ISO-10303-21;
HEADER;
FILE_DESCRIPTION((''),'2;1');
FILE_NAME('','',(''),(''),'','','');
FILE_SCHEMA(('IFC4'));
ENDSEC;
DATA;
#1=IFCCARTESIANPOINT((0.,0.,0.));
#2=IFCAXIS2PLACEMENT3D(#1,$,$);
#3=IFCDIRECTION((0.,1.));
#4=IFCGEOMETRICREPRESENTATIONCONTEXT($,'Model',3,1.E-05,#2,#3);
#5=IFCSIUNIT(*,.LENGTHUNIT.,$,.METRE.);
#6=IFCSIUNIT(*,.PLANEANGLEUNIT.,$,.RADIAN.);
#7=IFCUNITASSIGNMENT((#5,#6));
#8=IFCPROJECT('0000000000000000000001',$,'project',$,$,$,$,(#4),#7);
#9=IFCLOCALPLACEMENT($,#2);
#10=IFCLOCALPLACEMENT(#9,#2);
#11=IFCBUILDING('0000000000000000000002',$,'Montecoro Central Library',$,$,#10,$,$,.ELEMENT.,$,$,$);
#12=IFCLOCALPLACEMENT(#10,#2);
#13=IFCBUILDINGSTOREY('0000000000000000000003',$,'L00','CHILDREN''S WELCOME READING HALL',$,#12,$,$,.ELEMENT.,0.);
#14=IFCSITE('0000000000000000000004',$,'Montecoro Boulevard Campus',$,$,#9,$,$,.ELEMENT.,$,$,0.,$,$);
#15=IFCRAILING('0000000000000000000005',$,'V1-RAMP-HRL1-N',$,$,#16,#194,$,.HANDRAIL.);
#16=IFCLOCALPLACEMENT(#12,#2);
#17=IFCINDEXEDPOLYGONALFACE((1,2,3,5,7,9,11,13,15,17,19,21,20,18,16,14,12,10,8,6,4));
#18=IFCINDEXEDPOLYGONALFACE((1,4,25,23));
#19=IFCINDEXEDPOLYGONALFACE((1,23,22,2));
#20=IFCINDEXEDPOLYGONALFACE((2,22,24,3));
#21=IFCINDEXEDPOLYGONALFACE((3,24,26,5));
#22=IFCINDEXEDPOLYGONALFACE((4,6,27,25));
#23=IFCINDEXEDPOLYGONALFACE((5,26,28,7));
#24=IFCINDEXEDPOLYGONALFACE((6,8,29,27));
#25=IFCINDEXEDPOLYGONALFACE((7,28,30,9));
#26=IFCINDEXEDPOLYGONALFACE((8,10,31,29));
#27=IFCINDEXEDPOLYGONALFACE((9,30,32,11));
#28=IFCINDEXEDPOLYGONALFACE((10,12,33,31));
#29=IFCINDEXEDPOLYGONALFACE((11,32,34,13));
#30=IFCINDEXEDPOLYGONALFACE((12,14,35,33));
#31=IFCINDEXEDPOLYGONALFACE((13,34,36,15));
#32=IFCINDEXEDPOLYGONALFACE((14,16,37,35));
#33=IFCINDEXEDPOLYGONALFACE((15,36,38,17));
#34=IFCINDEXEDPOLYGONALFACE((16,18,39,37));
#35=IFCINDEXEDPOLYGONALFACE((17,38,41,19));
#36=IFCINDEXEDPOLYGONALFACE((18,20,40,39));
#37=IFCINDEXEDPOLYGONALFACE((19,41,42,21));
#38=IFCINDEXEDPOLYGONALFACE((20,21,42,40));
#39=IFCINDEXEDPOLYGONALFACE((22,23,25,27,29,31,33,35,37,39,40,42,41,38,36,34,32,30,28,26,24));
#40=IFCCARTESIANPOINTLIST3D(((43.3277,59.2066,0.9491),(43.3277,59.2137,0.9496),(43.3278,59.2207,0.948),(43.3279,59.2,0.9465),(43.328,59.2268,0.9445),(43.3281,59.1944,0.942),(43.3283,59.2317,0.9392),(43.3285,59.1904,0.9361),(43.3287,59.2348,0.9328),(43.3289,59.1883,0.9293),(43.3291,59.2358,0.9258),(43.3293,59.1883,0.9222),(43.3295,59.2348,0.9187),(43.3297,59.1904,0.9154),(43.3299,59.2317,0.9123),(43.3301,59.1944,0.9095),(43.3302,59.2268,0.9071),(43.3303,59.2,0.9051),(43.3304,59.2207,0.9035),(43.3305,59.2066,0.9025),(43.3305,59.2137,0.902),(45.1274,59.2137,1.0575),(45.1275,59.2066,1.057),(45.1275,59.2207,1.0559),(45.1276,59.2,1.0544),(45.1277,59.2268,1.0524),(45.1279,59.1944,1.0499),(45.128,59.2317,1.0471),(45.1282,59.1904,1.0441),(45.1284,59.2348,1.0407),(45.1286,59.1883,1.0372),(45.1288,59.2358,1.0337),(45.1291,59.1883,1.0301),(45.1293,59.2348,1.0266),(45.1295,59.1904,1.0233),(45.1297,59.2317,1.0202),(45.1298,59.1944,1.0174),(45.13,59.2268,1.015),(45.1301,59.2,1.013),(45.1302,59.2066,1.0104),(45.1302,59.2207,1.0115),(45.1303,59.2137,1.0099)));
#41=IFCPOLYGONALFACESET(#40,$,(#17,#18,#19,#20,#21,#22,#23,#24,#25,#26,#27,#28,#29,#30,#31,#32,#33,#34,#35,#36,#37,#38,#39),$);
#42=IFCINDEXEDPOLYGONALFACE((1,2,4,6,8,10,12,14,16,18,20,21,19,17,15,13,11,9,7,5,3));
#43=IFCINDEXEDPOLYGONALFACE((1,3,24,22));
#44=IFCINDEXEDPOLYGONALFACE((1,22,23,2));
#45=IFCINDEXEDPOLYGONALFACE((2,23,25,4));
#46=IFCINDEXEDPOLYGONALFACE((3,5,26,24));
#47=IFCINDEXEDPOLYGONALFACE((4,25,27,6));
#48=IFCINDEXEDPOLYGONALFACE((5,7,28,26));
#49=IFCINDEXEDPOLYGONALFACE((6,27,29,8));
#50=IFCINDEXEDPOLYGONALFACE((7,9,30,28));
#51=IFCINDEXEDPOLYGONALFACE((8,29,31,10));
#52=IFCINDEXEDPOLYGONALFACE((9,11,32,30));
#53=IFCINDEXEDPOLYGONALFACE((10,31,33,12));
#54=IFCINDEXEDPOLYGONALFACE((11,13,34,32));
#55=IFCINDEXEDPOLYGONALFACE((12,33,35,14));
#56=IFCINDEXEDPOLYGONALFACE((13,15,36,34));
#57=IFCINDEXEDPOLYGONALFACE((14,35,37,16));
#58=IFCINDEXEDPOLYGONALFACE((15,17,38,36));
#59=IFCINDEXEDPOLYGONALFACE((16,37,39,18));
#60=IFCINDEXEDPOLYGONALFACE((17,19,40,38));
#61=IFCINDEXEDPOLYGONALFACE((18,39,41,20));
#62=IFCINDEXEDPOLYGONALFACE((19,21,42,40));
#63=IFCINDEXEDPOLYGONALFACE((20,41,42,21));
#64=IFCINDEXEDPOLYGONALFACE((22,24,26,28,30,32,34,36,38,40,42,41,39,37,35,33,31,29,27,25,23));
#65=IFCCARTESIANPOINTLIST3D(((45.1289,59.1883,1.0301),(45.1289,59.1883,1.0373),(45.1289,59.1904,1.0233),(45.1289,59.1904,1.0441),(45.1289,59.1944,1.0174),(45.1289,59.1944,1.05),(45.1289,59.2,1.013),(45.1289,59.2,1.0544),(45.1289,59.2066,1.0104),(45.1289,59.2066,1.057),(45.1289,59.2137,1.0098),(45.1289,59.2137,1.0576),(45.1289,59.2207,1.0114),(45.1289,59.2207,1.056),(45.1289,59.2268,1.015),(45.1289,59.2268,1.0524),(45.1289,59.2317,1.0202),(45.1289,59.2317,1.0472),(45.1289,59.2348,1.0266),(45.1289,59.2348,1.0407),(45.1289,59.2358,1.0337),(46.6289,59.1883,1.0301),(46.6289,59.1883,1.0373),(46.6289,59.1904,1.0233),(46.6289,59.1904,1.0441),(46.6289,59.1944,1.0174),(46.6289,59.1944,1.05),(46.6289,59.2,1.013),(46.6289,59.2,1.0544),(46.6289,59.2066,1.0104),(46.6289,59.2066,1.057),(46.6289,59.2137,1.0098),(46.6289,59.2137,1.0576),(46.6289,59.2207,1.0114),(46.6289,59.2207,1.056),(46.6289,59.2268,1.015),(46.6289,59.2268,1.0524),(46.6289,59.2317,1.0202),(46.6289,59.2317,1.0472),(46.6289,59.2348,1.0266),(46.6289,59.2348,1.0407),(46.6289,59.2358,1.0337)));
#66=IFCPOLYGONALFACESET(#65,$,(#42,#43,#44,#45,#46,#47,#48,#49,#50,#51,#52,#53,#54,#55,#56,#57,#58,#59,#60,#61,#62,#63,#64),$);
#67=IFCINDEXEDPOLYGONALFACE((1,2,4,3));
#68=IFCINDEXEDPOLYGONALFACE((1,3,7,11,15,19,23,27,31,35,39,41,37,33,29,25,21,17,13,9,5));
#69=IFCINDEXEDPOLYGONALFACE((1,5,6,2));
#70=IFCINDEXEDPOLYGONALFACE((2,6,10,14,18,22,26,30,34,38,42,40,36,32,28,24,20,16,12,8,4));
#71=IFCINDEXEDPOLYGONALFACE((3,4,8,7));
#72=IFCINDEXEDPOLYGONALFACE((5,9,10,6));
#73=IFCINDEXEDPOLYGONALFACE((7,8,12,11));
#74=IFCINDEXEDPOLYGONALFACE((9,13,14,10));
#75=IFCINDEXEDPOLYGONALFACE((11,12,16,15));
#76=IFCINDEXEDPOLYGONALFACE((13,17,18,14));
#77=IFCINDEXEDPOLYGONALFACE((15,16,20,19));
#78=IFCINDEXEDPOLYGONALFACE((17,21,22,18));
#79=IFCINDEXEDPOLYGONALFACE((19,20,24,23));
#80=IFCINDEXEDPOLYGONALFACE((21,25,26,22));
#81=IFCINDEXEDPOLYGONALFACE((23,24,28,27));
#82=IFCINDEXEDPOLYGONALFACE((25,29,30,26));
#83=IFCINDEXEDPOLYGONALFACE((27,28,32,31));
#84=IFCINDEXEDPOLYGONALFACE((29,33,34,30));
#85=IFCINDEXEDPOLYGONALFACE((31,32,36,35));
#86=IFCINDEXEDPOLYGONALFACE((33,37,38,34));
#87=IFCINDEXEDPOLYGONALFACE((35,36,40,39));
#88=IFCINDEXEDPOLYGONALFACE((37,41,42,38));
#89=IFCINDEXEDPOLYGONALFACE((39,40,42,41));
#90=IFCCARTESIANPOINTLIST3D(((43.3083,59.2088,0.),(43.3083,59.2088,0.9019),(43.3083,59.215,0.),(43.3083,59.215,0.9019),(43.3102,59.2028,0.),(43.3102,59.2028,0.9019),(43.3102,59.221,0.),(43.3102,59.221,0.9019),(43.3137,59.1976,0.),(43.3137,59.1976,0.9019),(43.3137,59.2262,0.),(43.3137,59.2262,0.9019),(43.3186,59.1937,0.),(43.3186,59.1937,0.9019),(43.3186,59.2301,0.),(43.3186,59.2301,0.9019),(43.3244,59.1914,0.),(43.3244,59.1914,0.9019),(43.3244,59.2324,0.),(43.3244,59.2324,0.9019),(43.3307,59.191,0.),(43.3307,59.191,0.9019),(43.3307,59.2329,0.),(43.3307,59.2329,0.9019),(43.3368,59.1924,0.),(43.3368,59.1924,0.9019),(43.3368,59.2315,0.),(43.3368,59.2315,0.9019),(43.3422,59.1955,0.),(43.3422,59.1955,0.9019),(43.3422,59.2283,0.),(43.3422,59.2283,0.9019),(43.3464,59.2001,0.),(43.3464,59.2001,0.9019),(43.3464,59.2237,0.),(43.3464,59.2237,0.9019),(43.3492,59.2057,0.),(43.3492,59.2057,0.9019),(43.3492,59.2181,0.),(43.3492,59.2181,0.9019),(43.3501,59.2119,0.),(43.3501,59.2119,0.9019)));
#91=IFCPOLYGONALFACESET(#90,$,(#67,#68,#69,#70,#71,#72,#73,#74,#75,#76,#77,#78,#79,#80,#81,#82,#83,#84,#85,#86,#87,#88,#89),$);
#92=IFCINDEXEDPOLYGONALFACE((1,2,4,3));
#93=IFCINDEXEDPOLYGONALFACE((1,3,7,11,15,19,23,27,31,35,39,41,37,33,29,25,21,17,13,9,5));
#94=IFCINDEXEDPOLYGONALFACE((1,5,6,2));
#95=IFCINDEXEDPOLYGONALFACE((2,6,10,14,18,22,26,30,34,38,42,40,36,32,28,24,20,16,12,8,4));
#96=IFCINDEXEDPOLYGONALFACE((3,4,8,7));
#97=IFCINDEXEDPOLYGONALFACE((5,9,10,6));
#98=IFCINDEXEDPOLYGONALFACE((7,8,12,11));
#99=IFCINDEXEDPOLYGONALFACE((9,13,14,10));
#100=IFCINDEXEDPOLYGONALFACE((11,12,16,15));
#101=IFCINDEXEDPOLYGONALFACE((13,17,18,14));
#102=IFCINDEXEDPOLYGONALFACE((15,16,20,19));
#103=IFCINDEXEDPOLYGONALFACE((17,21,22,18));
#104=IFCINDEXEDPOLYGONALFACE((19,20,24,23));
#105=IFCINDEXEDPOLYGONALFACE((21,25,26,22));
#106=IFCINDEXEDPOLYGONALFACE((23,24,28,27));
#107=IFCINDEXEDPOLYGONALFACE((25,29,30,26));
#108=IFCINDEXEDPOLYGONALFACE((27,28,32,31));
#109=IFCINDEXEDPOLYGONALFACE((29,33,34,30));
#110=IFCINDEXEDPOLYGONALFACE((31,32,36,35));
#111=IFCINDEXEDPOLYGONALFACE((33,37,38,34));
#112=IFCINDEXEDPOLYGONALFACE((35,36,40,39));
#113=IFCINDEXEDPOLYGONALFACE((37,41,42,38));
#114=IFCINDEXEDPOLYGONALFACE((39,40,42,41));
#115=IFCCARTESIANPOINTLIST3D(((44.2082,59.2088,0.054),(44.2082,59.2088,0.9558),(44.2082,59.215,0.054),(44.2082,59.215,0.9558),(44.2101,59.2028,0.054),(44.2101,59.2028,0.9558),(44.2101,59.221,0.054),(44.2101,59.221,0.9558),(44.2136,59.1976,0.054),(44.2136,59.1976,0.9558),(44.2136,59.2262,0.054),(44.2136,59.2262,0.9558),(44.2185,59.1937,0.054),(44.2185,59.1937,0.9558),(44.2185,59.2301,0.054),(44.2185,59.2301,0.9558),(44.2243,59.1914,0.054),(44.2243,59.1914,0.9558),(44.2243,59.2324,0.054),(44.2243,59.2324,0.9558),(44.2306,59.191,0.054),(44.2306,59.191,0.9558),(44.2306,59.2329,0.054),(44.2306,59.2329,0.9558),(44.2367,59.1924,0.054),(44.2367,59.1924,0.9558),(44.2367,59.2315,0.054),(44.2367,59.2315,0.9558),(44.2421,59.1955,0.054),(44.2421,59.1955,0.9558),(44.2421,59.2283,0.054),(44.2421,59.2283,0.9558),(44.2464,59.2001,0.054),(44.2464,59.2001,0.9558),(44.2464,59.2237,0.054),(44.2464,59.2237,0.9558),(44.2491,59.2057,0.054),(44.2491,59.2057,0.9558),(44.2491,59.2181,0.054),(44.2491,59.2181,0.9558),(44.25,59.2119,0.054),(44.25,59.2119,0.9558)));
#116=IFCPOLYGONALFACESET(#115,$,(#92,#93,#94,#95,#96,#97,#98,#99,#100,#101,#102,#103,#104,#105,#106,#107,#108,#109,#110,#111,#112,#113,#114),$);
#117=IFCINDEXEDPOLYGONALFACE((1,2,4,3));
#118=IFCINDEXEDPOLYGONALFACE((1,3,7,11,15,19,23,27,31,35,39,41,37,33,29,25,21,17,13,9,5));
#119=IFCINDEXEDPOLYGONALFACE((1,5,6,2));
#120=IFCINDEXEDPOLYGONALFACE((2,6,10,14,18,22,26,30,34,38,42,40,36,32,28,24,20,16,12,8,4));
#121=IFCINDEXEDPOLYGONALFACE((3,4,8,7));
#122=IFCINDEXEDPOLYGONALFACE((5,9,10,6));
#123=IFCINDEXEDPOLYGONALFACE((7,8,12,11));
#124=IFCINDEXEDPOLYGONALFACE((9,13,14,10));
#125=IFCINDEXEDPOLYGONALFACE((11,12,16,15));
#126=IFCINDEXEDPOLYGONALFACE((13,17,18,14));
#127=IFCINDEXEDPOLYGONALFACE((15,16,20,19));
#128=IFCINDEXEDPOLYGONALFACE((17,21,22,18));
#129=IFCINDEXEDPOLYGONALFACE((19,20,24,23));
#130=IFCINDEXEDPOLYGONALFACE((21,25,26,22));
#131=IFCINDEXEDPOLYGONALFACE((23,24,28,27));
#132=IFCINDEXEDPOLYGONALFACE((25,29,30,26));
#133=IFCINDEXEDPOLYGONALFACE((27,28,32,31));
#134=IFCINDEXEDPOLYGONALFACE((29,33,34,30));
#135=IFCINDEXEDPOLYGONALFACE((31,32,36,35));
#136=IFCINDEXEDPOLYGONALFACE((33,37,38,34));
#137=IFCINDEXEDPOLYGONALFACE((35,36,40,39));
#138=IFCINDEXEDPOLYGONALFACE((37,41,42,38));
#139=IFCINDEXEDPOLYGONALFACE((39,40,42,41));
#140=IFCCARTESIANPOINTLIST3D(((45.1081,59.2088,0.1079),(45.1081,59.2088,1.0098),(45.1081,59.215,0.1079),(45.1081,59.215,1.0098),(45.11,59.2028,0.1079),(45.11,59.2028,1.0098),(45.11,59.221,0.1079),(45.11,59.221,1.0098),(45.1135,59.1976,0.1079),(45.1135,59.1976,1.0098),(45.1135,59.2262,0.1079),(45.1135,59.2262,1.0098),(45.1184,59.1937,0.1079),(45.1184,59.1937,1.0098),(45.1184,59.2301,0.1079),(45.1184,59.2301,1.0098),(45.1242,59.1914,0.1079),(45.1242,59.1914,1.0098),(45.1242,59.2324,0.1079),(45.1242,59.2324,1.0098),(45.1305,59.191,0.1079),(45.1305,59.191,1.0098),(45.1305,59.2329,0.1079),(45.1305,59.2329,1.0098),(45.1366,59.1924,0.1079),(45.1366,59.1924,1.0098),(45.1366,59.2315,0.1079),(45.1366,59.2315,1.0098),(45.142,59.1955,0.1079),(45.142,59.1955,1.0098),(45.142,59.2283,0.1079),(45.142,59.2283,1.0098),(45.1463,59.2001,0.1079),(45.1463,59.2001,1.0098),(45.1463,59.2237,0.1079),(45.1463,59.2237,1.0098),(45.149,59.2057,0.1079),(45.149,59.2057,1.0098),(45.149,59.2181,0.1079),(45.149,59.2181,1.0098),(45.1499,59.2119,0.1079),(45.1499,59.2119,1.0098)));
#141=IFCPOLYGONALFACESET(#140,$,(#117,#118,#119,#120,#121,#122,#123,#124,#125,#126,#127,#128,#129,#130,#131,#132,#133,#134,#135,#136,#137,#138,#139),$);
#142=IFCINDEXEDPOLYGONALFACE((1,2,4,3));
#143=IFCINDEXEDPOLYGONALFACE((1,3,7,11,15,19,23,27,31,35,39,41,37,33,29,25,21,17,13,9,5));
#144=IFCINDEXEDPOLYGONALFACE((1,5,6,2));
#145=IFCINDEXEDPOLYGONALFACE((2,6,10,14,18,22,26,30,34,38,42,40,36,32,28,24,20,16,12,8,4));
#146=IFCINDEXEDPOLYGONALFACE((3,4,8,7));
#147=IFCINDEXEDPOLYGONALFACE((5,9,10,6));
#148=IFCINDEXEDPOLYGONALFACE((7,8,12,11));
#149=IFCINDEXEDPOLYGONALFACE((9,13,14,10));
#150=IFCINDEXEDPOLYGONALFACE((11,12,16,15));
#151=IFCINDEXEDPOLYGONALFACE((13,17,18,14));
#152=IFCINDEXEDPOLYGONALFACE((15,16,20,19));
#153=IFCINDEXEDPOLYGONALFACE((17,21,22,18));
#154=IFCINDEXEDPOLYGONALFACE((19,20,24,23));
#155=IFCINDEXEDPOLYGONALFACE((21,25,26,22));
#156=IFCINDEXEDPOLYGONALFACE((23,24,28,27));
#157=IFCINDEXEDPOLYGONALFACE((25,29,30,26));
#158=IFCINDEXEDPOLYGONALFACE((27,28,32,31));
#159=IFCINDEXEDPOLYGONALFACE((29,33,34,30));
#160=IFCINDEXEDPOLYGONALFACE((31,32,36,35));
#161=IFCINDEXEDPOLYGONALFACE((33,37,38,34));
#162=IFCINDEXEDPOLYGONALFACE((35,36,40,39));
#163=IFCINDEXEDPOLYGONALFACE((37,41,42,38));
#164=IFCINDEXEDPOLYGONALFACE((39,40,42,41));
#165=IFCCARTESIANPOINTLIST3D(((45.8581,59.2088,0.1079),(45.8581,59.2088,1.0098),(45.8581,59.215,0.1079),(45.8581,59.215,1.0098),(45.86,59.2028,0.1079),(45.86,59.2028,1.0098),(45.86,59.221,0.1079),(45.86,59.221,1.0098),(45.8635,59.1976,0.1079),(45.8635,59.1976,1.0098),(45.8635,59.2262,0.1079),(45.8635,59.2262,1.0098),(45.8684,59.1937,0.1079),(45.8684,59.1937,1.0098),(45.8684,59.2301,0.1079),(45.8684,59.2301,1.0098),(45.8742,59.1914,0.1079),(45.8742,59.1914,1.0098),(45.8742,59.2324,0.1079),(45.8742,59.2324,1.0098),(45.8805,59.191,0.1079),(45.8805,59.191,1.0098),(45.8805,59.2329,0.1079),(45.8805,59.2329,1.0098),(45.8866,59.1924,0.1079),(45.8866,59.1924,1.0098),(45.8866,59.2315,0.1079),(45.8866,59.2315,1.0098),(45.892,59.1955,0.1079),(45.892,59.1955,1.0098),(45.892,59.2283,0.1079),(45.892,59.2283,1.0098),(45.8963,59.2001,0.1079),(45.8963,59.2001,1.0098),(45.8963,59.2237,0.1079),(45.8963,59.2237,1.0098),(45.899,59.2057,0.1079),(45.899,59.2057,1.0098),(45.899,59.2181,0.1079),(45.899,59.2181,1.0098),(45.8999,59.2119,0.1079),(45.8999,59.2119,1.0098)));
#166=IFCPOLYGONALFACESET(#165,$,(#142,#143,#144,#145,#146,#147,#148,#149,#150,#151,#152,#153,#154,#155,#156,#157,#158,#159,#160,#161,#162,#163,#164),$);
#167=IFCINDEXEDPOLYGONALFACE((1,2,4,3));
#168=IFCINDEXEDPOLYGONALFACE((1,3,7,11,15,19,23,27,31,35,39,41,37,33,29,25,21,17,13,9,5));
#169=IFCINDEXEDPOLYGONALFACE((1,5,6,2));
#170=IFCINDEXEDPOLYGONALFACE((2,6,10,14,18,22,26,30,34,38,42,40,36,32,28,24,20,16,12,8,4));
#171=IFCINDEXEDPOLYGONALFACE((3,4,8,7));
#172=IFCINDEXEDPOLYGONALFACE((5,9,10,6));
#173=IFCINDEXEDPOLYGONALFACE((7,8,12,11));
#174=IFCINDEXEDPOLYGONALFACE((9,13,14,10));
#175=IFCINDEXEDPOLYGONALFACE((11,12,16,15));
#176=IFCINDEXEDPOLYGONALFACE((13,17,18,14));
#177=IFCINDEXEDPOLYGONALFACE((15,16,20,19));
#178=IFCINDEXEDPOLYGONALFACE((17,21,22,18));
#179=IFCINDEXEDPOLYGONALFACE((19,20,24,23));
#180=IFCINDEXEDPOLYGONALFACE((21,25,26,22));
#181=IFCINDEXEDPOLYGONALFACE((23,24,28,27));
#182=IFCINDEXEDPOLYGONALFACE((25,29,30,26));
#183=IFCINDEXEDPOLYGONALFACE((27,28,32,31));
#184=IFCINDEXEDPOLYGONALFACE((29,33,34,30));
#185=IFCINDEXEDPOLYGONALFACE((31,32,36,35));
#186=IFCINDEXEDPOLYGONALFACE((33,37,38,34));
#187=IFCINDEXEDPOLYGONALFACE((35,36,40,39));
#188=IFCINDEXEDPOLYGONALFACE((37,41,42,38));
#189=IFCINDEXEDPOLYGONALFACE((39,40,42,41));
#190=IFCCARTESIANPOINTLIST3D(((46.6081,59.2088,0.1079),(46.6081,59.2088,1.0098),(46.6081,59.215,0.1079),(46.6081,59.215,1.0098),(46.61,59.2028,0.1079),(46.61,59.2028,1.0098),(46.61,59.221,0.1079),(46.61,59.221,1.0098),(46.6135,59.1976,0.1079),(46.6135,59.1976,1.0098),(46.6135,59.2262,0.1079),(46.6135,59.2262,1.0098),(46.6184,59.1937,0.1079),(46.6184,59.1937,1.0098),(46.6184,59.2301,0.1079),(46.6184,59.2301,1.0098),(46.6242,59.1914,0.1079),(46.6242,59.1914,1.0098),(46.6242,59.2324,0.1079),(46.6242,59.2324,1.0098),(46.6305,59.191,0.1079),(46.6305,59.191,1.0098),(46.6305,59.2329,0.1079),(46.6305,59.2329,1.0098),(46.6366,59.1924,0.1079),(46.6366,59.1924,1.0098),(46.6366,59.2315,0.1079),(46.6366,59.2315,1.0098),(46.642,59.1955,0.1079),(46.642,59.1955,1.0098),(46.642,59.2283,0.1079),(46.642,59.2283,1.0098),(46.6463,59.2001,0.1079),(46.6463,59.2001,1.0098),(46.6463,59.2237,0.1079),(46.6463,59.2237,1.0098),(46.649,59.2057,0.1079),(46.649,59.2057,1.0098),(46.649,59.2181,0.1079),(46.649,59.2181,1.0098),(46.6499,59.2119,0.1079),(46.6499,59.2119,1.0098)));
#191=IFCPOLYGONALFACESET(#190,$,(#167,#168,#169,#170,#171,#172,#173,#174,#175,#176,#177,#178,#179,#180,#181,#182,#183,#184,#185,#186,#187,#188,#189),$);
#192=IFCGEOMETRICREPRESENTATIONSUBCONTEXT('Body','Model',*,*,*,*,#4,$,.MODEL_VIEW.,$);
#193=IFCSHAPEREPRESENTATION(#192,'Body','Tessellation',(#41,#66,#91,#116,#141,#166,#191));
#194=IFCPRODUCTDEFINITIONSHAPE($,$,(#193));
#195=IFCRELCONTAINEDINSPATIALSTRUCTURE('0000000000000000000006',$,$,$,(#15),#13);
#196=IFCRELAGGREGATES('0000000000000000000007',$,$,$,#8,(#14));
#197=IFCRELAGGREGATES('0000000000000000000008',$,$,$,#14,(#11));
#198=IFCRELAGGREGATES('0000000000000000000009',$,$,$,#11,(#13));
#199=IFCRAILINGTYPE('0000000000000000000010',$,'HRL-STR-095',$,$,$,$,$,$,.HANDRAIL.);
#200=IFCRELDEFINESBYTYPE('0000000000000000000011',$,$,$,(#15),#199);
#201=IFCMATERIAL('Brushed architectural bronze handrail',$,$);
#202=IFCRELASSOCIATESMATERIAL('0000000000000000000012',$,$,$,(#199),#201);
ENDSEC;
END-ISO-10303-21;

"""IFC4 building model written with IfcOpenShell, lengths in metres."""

from ifc_helpers import new_model, si_unit, direction, frame, origin, origin_2d, place, context, subcontext, project, spatial, circle, extrude, material, type_object, element, save


model = new_model("IFC4")

# Units and contexts
model_context = context("Model", 3, precision=1e-05, world=origin(), true_north=direction((0.0, 1.0)))
body_context = subcontext(model_context, "Body", "Model", "MODEL_VIEW")
ifc_project = project(units=[si_unit("LENGTHUNIT", "METRE"), si_unit("PLANEANGLEUNIT", "RADIAN")], contexts=[model_context])

# Site, building, storey
site_placement = place(None, origin())
site = spatial("IfcSite", under=ifc_project, at=site_placement, Name="Montecoro Boulevard Campus", CompositionType="ELEMENT", RefElevation=0.0)
building_placement = place(site_placement, origin())
building = spatial("IfcBuilding", under=site, at=building_placement, Name="Montecoro Central Library", CompositionType="ELEMENT")
storey_placement = place(building_placement, origin())
storey = spatial("IfcBuildingStorey", under=building, at=storey_placement, Name="L00", Description="CHILDREN'S WELCOME READING HALL", CompositionType="ELEMENT", Elevation=0.0)

# Railing
ifc_material_1 = material(Name="Brushed architectural bronze handrail")
railing_type = type_object("IfcRailingType", Name="HRL-STR-095", PredefinedType="HANDRAIL", material=ifc_material_1)
for number, where, name in (
    (1, (43.3291, 59.2119, 0.0), "V1-RAMP-HRL1-N"),
):
    element("IfcRailing", number, at=place(storey_placement, frame(where)), inside=storey, type_object=railing_type, Name=name, PredefinedType="HANDRAIL", context=body_context, shape_type="SweptSolid", body=[
        extrude(circle(Radius=0.0239, at=origin_2d()), frame((0.0, 0.0, 0.9258), z_axis=(0.998207, 0.0, 0.059849), x_axis=(0.0, 1.0, 0.0)), (0.0, 0.0, 1.0), 1.803),
        extrude(circle(Radius=0.0239, at=origin_2d()), frame((1.7998, 0.0, 1.0337), z_axis=(1.0, 0.0, 0.0), x_axis=(0.0, 1.0, 0.0)), (0.0, 0.0, 1.0), 1.5),
        extrude(circle(Radius=0.021, at=origin_2d()), origin(), (0.0, 0.0, 1.0), 0.9019),
        extrude(circle(Radius=0.021, at=origin_2d()), frame((0.8999, 0.0, 0.054)), (0.0, 0.0, 1.0), 0.9019),
        extrude(circle(Radius=0.021, at=origin_2d()), frame((1.7998, 0.0, 0.1079)), (0.0, 0.0, 1.0), 0.9019),
        extrude(circle(Radius=0.021, at=origin_2d()), frame((2.5498, 0.0, 0.1079)), (0.0, 0.0, 1.0), 0.9019),
        extrude(circle(Radius=0.021, at=origin_2d()), frame((3.2998, 0.0, 0.1079)), (0.0, 0.0, 1.0), 0.9019),
    ])

save(model, "model.ifc")
